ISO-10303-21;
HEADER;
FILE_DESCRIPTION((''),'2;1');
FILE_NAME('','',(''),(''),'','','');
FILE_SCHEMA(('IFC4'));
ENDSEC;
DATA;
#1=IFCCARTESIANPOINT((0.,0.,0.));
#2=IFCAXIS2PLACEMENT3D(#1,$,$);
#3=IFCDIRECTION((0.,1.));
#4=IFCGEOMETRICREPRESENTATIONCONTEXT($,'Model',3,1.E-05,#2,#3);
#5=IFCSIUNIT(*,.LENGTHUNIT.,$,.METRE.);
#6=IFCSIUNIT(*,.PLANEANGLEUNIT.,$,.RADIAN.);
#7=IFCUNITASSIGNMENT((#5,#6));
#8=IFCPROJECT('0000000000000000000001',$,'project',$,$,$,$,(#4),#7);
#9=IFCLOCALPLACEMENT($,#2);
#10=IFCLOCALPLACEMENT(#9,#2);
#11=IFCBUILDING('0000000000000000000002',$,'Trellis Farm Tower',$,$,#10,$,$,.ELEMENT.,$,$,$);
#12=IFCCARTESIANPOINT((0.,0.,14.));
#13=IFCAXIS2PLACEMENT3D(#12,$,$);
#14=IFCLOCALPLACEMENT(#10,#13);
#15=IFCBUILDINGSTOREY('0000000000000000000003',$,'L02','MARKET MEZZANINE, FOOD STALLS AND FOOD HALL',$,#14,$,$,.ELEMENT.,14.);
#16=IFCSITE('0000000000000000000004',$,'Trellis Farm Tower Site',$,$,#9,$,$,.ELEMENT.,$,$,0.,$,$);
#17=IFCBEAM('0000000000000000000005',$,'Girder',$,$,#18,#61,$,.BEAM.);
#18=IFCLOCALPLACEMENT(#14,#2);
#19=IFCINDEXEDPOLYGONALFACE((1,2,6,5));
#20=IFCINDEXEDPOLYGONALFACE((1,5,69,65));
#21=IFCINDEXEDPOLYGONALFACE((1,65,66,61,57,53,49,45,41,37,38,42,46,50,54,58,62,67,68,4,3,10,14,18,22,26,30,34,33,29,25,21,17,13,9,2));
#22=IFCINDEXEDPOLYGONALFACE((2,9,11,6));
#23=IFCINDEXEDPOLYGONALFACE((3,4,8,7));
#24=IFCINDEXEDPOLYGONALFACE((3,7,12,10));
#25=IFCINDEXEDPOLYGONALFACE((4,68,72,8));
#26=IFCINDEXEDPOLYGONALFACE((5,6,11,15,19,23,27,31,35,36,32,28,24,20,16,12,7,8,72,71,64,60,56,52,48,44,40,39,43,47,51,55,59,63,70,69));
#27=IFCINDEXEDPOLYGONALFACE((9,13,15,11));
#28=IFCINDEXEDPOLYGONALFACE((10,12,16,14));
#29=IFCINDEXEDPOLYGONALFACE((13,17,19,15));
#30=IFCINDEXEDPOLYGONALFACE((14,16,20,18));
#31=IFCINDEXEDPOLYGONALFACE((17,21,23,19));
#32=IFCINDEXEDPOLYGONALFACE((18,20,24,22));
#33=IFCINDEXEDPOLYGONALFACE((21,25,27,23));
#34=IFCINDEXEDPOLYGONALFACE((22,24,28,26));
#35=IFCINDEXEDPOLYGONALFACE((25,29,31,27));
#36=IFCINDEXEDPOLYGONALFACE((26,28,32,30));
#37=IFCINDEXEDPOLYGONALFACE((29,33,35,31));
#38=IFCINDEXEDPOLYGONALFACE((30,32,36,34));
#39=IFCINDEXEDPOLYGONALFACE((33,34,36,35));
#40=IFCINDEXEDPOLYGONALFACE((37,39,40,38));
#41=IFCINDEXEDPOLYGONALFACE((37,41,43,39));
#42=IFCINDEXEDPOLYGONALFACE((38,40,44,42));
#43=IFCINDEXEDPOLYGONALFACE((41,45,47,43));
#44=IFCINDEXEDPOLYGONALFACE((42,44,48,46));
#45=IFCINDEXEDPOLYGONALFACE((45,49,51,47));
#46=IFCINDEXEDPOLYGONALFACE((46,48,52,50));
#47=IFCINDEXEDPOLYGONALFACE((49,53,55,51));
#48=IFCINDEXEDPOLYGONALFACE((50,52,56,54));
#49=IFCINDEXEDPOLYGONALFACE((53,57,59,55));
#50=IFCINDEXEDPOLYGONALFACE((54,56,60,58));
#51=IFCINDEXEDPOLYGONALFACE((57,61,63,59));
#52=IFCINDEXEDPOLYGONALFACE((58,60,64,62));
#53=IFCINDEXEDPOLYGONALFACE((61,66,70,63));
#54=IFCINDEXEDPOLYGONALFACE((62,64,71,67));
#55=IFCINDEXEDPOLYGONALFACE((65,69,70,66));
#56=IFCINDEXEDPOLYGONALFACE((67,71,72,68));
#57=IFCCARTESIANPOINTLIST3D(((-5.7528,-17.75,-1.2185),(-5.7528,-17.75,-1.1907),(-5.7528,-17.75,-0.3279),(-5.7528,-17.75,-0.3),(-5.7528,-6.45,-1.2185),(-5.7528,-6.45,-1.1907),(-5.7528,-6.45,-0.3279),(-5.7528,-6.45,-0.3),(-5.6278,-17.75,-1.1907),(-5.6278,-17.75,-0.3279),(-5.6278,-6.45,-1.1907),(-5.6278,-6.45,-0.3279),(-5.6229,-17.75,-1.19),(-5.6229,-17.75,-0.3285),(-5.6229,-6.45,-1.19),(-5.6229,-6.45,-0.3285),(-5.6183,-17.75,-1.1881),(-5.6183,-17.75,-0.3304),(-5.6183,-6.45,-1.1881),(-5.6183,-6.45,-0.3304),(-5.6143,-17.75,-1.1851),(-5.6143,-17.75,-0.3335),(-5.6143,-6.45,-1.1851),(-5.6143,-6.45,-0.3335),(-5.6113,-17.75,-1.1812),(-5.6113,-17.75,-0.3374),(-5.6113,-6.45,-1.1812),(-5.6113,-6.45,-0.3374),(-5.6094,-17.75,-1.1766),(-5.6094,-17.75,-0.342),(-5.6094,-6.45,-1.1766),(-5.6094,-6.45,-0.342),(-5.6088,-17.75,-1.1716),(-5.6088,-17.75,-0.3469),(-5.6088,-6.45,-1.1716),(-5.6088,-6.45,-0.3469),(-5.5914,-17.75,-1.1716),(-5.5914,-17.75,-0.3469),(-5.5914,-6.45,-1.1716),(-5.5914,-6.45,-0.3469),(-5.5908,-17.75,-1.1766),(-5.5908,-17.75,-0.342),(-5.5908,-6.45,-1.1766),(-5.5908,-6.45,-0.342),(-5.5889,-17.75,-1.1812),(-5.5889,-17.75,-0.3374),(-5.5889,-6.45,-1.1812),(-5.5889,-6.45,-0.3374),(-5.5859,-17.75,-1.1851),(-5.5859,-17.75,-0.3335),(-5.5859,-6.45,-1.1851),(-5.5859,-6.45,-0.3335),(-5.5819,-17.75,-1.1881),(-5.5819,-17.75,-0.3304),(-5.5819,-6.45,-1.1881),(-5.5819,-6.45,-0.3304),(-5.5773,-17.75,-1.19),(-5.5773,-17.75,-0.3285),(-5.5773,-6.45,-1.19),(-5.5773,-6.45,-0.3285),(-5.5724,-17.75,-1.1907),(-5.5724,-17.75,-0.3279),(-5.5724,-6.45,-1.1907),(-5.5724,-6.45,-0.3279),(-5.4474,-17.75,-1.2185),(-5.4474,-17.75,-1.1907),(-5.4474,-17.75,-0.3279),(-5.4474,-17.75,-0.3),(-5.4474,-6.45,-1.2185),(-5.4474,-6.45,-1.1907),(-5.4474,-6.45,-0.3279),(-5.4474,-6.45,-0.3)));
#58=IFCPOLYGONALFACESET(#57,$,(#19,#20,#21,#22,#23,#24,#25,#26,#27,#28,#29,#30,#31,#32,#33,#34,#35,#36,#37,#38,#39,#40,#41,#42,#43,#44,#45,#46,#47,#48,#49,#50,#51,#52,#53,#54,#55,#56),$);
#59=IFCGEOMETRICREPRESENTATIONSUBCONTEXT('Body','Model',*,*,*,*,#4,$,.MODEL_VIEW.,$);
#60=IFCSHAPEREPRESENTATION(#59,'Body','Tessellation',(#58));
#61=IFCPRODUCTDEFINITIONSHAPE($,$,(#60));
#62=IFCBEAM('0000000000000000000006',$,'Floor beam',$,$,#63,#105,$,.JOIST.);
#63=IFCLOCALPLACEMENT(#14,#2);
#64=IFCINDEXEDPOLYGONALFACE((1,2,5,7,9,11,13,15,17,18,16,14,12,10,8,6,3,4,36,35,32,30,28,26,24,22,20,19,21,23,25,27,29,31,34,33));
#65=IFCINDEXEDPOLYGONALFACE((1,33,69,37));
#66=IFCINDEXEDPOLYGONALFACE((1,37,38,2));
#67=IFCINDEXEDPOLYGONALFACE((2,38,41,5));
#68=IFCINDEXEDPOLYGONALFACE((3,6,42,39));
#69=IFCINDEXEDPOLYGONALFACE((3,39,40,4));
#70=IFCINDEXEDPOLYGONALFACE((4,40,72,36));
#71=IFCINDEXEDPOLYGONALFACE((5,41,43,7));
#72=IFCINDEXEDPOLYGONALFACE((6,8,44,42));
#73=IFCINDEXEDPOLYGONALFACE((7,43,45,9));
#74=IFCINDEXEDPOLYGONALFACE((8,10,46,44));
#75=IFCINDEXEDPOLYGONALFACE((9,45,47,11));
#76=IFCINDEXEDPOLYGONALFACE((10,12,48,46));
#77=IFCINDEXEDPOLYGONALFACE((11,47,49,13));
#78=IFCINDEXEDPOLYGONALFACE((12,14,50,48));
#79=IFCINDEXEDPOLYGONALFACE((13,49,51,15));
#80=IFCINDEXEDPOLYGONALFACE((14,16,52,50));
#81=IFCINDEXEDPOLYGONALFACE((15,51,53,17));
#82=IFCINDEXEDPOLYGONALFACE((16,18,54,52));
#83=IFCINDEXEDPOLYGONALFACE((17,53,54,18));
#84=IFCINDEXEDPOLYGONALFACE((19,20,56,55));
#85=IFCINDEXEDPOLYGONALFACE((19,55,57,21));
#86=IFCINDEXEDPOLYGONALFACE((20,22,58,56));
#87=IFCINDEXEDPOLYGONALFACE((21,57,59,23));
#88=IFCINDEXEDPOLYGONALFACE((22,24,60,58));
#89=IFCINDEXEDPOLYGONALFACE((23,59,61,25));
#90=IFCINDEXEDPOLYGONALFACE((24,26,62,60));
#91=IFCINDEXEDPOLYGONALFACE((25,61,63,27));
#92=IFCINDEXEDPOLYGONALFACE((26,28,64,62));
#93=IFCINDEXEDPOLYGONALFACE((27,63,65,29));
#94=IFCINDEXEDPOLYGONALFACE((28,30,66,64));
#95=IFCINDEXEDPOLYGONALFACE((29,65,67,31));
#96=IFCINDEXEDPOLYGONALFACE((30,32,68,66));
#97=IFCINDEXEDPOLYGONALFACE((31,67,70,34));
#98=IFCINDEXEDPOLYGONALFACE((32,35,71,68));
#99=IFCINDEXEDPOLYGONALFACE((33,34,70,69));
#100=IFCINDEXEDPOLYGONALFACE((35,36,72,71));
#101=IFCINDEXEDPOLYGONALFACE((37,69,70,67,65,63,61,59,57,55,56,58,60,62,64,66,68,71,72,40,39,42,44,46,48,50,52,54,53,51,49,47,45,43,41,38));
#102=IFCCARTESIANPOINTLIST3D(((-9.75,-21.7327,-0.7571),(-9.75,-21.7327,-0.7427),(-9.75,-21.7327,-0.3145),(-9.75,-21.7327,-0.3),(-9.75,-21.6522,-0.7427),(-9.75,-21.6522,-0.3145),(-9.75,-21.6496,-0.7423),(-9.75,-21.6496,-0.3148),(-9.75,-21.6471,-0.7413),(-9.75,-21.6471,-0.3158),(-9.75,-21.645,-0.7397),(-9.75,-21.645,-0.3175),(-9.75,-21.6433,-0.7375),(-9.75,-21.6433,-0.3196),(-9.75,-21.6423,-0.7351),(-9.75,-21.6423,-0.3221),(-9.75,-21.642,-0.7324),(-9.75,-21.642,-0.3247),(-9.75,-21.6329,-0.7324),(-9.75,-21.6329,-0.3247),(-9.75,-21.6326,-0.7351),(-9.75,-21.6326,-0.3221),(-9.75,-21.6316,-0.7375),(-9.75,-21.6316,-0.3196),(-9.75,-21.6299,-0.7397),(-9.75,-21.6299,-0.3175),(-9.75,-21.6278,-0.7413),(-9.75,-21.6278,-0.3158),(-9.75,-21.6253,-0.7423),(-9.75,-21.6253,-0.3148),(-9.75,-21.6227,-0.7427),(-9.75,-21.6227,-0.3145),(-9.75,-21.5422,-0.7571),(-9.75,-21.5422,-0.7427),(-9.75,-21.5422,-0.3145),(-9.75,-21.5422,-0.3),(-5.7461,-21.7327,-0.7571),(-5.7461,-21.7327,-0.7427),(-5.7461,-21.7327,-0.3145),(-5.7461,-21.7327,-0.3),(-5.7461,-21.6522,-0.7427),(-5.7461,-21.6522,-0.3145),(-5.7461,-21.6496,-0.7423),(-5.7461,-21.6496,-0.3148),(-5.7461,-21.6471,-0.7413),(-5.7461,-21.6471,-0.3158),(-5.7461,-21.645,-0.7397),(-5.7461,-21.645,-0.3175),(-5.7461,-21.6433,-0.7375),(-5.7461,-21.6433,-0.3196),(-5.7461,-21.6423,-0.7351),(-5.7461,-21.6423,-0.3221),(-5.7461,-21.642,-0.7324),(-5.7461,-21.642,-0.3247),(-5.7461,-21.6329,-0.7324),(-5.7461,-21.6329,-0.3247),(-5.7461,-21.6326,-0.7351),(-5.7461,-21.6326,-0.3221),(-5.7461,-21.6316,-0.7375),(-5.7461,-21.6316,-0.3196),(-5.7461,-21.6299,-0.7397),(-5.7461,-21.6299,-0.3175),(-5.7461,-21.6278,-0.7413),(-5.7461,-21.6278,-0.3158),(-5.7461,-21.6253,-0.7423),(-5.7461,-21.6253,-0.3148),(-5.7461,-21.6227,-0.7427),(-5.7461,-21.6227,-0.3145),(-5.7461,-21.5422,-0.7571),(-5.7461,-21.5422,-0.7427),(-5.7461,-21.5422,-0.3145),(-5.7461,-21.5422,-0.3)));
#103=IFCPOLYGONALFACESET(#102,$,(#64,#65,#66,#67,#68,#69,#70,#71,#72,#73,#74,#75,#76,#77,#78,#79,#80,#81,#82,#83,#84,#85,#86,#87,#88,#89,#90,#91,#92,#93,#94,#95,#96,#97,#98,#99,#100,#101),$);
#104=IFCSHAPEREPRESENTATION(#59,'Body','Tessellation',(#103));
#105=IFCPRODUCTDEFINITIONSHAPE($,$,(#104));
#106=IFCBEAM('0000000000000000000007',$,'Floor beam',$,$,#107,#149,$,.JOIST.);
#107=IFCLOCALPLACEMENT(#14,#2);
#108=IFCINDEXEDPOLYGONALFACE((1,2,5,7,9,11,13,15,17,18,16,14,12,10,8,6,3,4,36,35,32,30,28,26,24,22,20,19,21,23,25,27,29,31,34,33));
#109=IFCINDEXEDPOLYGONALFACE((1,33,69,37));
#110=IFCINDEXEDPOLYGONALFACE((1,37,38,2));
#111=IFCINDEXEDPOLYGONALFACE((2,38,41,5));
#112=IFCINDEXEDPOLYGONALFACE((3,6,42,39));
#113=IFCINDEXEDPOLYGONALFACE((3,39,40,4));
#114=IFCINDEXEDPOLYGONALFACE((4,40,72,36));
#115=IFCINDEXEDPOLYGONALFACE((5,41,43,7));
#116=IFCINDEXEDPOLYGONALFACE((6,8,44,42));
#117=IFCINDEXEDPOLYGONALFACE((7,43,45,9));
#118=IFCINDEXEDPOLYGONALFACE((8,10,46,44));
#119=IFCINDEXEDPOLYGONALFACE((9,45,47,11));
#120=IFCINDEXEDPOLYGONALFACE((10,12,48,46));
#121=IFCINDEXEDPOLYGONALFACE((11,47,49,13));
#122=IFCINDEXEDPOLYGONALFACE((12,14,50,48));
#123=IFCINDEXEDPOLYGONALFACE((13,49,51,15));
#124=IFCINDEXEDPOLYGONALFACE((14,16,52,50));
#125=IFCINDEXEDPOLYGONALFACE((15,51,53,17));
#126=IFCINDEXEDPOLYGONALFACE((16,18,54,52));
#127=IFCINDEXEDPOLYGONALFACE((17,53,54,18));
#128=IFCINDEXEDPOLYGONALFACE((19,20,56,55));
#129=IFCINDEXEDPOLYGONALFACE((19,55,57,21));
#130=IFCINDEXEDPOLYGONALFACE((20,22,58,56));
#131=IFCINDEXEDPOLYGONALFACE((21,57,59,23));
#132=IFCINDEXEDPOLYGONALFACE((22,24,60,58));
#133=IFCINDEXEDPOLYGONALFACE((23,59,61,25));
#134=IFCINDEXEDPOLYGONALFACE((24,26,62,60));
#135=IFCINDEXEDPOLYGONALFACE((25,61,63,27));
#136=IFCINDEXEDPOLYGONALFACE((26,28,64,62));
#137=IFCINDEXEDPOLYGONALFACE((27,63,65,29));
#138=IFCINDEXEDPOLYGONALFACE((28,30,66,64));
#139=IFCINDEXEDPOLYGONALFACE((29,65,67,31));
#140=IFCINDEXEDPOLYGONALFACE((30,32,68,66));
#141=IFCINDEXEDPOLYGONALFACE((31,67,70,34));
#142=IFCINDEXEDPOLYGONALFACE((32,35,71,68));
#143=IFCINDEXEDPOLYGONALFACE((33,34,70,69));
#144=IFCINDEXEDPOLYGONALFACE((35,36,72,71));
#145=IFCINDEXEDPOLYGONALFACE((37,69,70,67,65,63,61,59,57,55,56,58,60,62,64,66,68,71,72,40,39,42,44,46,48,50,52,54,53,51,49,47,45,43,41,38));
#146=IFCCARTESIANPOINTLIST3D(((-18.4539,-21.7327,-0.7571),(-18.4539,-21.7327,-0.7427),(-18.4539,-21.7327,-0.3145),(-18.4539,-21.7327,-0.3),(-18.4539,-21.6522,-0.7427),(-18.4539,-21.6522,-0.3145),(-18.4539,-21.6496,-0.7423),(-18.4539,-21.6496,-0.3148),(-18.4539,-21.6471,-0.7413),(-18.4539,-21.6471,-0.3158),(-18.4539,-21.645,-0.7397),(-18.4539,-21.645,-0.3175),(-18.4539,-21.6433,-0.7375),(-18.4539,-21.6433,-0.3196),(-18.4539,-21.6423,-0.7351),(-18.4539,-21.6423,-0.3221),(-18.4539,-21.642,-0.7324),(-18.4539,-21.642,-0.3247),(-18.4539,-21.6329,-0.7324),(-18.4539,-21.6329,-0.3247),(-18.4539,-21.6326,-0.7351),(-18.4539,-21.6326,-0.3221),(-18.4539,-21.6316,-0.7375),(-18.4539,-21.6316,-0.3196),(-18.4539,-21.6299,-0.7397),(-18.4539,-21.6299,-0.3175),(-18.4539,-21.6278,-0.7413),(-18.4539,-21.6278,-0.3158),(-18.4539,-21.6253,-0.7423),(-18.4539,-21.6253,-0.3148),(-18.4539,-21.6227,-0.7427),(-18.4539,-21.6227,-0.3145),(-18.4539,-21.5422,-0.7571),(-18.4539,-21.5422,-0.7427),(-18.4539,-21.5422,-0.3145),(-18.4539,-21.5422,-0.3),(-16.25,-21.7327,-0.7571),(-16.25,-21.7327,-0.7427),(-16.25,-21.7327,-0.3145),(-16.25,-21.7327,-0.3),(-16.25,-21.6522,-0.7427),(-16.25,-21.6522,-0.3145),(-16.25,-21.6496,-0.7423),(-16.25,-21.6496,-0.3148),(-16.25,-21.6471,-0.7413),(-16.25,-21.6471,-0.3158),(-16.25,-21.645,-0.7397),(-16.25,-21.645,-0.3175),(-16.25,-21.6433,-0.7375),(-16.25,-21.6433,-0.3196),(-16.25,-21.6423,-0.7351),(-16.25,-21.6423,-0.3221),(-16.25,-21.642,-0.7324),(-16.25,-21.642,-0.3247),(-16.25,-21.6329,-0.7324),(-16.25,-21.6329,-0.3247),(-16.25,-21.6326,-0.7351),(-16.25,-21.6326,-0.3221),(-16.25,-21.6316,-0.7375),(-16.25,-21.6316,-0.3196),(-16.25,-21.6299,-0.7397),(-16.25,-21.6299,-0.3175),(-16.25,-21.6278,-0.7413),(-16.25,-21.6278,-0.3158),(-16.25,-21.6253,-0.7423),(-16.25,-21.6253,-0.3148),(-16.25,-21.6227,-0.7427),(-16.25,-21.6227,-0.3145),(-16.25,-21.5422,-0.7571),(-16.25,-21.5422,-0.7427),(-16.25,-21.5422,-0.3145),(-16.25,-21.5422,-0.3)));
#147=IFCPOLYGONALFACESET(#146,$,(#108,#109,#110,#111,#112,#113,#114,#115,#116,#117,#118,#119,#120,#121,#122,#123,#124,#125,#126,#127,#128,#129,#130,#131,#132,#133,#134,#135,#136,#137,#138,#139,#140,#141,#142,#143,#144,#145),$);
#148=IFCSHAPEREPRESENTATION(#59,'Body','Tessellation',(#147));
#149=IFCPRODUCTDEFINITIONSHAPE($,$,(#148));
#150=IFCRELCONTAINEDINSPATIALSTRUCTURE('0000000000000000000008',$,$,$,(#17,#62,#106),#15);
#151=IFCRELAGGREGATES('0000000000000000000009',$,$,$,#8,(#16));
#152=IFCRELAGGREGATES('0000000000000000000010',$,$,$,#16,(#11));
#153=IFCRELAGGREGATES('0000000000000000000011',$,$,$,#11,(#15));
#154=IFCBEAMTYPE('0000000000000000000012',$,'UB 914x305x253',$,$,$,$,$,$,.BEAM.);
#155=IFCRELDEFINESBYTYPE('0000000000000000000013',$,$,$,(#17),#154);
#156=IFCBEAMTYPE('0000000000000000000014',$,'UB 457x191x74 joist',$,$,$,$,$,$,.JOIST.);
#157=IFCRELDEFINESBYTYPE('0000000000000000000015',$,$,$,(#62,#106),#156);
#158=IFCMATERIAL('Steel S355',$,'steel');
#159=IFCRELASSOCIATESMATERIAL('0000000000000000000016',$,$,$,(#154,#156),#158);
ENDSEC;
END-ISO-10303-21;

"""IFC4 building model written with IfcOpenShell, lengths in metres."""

from ifc_helpers import new_model, si_unit, direction, frame, origin, origin_2d, place, context, subcontext, project, spatial, i_section, extrude, source, transform, mapped, material, material_profile, profile_set, type_object, element, save


model = new_model("IFC4")

# Units and contexts
model_context = context("Model", 3, precision=1e-05, world=origin(), true_north=direction((0.0, 1.0)))
body_context = subcontext(model_context, "Body", "Model", "MODEL_VIEW")
ifc_project = project(units=[si_unit("LENGTHUNIT", "METRE"), si_unit("PLANEANGLEUNIT", "RADIAN")], contexts=[model_context])

# Site, building, storey
site_placement = place(None, origin())
site = spatial("IfcSite", under=ifc_project, at=site_placement, Name="Trellis Farm Tower Site", CompositionType="ELEMENT", RefElevation=0.0)
building_placement = place(site_placement, origin())
building = spatial("IfcBuilding", under=site, at=building_placement, Name="Trellis Farm Tower", CompositionType="ELEMENT")
storey_placement = place(building_placement, frame((0.0, 0.0, 14.0)))
storey = spatial("IfcBuildingStorey", under=building, at=storey_placement, Name="L02", Description="MARKET MEZZANINE, FOOD STALLS AND FOOD HALL", CompositionType="ELEMENT", Elevation=14.0)

# Beams
ifc_material_1 = material(Name="Steel S355", Category="steel")
ifc_material_profile_1 = material_profile(ifc_material_1, i_section(OverallWidth=0.3054, OverallDepth=0.9185, WebThickness=0.0173, FlangeThickness=0.0278, FilletRadius=0.019, at=origin_2d()), Name="UB 914x305x253")
ifc_profile_set_1 = profile_set([ifc_material_profile_1], Name="Steel S355")
beam_type_1 = type_object("IfcBeamType", Name="UB 914x305x253", PredefinedType="BEAM", material=ifc_profile_set_1)
shared_shape_1 = source(origin(), body_context, "Body", "SweptSolid", [
    extrude(i_section(OverallWidth=0.3054, OverallDepth=0.9185, WebThickness=0.0173, FlangeThickness=0.0278, FilletRadius=0.019, at=origin_2d()), origin(), (0.0, 0.0, 1.0), 11.3),
])
beam_1_placement = place(storey_placement, frame((-5.6001, -17.75, -0.7593), z_axis=(0.0, 1.0, 0.0), x_axis=(-1.0, 0.0, 0.0)))
element("IfcBeam", 1, at=beam_1_placement, inside=storey, type_object=beam_type_1, Name="Girder", PredefinedType="BEAM", context=body_context, shape_type="MappedRepresentation", body=[
    mapped(shared_shape_1, transform((0.0, 0.0, 0.0))),
])
ifc_material_profile_2 = material_profile(ifc_material_1, i_section(OverallWidth=0.1904, OverallDepth=0.457, WebThickness=0.009, FlangeThickness=0.0144, FilletRadius=0.0103, at=origin_2d()), Name="UB 457x191x74")
ifc_profile_set_2 = profile_set([ifc_material_profile_2], Name="Steel S355")
beam_type_2 = type_object("IfcBeamType", Name="UB 457x191x74 joist", PredefinedType="JOIST", material=ifc_profile_set_2)
shared_shape_2 = source(origin(), body_context, "Body", "SweptSolid", [
    extrude(i_section(OverallWidth=0.1904, OverallDepth=0.457, WebThickness=0.009, FlangeThickness=0.0144, FilletRadius=0.0103, at=origin_2d()), origin(), (0.0, 0.0, 1.0), 4.0039),
])
beam_2_placement = place(storey_placement, frame((-9.75, -21.6375, -0.5286), z_axis=(1.0, 0.0, 0.0), x_axis=(0.0, 1.0, 0.0)))
element("IfcBeam", 2, at=beam_2_placement, inside=storey, type_object=beam_type_2, Name="Floor beam", PredefinedType="JOIST", context=body_context, shape_type="MappedRepresentation", body=[
    mapped(shared_shape_2, transform((0.0, 0.0, 0.0))),
])
shared_shape_3 = source(origin(), body_context, "Body", "SweptSolid", [
    extrude(i_section(OverallWidth=0.1904, OverallDepth=0.457, WebThickness=0.009, FlangeThickness=0.0144, FilletRadius=0.0103, at=origin_2d()), origin(), (0.0, 0.0, 1.0), 2.2039),
])
beam_3_placement = place(storey_placement, frame((-18.4539, -21.6375, -0.5286), z_axis=(1.0, 0.0, 0.0), x_axis=(0.0, 1.0, 0.0)))
element("IfcBeam", 3, at=beam_3_placement, inside=storey, type_object=beam_type_2, Name="Floor beam", PredefinedType="JOIST", context=body_context, shape_type="MappedRepresentation", body=[
    mapped(shared_shape_3, transform((0.0, 0.0, 0.0))),
])

save(model, "model.ifc")
